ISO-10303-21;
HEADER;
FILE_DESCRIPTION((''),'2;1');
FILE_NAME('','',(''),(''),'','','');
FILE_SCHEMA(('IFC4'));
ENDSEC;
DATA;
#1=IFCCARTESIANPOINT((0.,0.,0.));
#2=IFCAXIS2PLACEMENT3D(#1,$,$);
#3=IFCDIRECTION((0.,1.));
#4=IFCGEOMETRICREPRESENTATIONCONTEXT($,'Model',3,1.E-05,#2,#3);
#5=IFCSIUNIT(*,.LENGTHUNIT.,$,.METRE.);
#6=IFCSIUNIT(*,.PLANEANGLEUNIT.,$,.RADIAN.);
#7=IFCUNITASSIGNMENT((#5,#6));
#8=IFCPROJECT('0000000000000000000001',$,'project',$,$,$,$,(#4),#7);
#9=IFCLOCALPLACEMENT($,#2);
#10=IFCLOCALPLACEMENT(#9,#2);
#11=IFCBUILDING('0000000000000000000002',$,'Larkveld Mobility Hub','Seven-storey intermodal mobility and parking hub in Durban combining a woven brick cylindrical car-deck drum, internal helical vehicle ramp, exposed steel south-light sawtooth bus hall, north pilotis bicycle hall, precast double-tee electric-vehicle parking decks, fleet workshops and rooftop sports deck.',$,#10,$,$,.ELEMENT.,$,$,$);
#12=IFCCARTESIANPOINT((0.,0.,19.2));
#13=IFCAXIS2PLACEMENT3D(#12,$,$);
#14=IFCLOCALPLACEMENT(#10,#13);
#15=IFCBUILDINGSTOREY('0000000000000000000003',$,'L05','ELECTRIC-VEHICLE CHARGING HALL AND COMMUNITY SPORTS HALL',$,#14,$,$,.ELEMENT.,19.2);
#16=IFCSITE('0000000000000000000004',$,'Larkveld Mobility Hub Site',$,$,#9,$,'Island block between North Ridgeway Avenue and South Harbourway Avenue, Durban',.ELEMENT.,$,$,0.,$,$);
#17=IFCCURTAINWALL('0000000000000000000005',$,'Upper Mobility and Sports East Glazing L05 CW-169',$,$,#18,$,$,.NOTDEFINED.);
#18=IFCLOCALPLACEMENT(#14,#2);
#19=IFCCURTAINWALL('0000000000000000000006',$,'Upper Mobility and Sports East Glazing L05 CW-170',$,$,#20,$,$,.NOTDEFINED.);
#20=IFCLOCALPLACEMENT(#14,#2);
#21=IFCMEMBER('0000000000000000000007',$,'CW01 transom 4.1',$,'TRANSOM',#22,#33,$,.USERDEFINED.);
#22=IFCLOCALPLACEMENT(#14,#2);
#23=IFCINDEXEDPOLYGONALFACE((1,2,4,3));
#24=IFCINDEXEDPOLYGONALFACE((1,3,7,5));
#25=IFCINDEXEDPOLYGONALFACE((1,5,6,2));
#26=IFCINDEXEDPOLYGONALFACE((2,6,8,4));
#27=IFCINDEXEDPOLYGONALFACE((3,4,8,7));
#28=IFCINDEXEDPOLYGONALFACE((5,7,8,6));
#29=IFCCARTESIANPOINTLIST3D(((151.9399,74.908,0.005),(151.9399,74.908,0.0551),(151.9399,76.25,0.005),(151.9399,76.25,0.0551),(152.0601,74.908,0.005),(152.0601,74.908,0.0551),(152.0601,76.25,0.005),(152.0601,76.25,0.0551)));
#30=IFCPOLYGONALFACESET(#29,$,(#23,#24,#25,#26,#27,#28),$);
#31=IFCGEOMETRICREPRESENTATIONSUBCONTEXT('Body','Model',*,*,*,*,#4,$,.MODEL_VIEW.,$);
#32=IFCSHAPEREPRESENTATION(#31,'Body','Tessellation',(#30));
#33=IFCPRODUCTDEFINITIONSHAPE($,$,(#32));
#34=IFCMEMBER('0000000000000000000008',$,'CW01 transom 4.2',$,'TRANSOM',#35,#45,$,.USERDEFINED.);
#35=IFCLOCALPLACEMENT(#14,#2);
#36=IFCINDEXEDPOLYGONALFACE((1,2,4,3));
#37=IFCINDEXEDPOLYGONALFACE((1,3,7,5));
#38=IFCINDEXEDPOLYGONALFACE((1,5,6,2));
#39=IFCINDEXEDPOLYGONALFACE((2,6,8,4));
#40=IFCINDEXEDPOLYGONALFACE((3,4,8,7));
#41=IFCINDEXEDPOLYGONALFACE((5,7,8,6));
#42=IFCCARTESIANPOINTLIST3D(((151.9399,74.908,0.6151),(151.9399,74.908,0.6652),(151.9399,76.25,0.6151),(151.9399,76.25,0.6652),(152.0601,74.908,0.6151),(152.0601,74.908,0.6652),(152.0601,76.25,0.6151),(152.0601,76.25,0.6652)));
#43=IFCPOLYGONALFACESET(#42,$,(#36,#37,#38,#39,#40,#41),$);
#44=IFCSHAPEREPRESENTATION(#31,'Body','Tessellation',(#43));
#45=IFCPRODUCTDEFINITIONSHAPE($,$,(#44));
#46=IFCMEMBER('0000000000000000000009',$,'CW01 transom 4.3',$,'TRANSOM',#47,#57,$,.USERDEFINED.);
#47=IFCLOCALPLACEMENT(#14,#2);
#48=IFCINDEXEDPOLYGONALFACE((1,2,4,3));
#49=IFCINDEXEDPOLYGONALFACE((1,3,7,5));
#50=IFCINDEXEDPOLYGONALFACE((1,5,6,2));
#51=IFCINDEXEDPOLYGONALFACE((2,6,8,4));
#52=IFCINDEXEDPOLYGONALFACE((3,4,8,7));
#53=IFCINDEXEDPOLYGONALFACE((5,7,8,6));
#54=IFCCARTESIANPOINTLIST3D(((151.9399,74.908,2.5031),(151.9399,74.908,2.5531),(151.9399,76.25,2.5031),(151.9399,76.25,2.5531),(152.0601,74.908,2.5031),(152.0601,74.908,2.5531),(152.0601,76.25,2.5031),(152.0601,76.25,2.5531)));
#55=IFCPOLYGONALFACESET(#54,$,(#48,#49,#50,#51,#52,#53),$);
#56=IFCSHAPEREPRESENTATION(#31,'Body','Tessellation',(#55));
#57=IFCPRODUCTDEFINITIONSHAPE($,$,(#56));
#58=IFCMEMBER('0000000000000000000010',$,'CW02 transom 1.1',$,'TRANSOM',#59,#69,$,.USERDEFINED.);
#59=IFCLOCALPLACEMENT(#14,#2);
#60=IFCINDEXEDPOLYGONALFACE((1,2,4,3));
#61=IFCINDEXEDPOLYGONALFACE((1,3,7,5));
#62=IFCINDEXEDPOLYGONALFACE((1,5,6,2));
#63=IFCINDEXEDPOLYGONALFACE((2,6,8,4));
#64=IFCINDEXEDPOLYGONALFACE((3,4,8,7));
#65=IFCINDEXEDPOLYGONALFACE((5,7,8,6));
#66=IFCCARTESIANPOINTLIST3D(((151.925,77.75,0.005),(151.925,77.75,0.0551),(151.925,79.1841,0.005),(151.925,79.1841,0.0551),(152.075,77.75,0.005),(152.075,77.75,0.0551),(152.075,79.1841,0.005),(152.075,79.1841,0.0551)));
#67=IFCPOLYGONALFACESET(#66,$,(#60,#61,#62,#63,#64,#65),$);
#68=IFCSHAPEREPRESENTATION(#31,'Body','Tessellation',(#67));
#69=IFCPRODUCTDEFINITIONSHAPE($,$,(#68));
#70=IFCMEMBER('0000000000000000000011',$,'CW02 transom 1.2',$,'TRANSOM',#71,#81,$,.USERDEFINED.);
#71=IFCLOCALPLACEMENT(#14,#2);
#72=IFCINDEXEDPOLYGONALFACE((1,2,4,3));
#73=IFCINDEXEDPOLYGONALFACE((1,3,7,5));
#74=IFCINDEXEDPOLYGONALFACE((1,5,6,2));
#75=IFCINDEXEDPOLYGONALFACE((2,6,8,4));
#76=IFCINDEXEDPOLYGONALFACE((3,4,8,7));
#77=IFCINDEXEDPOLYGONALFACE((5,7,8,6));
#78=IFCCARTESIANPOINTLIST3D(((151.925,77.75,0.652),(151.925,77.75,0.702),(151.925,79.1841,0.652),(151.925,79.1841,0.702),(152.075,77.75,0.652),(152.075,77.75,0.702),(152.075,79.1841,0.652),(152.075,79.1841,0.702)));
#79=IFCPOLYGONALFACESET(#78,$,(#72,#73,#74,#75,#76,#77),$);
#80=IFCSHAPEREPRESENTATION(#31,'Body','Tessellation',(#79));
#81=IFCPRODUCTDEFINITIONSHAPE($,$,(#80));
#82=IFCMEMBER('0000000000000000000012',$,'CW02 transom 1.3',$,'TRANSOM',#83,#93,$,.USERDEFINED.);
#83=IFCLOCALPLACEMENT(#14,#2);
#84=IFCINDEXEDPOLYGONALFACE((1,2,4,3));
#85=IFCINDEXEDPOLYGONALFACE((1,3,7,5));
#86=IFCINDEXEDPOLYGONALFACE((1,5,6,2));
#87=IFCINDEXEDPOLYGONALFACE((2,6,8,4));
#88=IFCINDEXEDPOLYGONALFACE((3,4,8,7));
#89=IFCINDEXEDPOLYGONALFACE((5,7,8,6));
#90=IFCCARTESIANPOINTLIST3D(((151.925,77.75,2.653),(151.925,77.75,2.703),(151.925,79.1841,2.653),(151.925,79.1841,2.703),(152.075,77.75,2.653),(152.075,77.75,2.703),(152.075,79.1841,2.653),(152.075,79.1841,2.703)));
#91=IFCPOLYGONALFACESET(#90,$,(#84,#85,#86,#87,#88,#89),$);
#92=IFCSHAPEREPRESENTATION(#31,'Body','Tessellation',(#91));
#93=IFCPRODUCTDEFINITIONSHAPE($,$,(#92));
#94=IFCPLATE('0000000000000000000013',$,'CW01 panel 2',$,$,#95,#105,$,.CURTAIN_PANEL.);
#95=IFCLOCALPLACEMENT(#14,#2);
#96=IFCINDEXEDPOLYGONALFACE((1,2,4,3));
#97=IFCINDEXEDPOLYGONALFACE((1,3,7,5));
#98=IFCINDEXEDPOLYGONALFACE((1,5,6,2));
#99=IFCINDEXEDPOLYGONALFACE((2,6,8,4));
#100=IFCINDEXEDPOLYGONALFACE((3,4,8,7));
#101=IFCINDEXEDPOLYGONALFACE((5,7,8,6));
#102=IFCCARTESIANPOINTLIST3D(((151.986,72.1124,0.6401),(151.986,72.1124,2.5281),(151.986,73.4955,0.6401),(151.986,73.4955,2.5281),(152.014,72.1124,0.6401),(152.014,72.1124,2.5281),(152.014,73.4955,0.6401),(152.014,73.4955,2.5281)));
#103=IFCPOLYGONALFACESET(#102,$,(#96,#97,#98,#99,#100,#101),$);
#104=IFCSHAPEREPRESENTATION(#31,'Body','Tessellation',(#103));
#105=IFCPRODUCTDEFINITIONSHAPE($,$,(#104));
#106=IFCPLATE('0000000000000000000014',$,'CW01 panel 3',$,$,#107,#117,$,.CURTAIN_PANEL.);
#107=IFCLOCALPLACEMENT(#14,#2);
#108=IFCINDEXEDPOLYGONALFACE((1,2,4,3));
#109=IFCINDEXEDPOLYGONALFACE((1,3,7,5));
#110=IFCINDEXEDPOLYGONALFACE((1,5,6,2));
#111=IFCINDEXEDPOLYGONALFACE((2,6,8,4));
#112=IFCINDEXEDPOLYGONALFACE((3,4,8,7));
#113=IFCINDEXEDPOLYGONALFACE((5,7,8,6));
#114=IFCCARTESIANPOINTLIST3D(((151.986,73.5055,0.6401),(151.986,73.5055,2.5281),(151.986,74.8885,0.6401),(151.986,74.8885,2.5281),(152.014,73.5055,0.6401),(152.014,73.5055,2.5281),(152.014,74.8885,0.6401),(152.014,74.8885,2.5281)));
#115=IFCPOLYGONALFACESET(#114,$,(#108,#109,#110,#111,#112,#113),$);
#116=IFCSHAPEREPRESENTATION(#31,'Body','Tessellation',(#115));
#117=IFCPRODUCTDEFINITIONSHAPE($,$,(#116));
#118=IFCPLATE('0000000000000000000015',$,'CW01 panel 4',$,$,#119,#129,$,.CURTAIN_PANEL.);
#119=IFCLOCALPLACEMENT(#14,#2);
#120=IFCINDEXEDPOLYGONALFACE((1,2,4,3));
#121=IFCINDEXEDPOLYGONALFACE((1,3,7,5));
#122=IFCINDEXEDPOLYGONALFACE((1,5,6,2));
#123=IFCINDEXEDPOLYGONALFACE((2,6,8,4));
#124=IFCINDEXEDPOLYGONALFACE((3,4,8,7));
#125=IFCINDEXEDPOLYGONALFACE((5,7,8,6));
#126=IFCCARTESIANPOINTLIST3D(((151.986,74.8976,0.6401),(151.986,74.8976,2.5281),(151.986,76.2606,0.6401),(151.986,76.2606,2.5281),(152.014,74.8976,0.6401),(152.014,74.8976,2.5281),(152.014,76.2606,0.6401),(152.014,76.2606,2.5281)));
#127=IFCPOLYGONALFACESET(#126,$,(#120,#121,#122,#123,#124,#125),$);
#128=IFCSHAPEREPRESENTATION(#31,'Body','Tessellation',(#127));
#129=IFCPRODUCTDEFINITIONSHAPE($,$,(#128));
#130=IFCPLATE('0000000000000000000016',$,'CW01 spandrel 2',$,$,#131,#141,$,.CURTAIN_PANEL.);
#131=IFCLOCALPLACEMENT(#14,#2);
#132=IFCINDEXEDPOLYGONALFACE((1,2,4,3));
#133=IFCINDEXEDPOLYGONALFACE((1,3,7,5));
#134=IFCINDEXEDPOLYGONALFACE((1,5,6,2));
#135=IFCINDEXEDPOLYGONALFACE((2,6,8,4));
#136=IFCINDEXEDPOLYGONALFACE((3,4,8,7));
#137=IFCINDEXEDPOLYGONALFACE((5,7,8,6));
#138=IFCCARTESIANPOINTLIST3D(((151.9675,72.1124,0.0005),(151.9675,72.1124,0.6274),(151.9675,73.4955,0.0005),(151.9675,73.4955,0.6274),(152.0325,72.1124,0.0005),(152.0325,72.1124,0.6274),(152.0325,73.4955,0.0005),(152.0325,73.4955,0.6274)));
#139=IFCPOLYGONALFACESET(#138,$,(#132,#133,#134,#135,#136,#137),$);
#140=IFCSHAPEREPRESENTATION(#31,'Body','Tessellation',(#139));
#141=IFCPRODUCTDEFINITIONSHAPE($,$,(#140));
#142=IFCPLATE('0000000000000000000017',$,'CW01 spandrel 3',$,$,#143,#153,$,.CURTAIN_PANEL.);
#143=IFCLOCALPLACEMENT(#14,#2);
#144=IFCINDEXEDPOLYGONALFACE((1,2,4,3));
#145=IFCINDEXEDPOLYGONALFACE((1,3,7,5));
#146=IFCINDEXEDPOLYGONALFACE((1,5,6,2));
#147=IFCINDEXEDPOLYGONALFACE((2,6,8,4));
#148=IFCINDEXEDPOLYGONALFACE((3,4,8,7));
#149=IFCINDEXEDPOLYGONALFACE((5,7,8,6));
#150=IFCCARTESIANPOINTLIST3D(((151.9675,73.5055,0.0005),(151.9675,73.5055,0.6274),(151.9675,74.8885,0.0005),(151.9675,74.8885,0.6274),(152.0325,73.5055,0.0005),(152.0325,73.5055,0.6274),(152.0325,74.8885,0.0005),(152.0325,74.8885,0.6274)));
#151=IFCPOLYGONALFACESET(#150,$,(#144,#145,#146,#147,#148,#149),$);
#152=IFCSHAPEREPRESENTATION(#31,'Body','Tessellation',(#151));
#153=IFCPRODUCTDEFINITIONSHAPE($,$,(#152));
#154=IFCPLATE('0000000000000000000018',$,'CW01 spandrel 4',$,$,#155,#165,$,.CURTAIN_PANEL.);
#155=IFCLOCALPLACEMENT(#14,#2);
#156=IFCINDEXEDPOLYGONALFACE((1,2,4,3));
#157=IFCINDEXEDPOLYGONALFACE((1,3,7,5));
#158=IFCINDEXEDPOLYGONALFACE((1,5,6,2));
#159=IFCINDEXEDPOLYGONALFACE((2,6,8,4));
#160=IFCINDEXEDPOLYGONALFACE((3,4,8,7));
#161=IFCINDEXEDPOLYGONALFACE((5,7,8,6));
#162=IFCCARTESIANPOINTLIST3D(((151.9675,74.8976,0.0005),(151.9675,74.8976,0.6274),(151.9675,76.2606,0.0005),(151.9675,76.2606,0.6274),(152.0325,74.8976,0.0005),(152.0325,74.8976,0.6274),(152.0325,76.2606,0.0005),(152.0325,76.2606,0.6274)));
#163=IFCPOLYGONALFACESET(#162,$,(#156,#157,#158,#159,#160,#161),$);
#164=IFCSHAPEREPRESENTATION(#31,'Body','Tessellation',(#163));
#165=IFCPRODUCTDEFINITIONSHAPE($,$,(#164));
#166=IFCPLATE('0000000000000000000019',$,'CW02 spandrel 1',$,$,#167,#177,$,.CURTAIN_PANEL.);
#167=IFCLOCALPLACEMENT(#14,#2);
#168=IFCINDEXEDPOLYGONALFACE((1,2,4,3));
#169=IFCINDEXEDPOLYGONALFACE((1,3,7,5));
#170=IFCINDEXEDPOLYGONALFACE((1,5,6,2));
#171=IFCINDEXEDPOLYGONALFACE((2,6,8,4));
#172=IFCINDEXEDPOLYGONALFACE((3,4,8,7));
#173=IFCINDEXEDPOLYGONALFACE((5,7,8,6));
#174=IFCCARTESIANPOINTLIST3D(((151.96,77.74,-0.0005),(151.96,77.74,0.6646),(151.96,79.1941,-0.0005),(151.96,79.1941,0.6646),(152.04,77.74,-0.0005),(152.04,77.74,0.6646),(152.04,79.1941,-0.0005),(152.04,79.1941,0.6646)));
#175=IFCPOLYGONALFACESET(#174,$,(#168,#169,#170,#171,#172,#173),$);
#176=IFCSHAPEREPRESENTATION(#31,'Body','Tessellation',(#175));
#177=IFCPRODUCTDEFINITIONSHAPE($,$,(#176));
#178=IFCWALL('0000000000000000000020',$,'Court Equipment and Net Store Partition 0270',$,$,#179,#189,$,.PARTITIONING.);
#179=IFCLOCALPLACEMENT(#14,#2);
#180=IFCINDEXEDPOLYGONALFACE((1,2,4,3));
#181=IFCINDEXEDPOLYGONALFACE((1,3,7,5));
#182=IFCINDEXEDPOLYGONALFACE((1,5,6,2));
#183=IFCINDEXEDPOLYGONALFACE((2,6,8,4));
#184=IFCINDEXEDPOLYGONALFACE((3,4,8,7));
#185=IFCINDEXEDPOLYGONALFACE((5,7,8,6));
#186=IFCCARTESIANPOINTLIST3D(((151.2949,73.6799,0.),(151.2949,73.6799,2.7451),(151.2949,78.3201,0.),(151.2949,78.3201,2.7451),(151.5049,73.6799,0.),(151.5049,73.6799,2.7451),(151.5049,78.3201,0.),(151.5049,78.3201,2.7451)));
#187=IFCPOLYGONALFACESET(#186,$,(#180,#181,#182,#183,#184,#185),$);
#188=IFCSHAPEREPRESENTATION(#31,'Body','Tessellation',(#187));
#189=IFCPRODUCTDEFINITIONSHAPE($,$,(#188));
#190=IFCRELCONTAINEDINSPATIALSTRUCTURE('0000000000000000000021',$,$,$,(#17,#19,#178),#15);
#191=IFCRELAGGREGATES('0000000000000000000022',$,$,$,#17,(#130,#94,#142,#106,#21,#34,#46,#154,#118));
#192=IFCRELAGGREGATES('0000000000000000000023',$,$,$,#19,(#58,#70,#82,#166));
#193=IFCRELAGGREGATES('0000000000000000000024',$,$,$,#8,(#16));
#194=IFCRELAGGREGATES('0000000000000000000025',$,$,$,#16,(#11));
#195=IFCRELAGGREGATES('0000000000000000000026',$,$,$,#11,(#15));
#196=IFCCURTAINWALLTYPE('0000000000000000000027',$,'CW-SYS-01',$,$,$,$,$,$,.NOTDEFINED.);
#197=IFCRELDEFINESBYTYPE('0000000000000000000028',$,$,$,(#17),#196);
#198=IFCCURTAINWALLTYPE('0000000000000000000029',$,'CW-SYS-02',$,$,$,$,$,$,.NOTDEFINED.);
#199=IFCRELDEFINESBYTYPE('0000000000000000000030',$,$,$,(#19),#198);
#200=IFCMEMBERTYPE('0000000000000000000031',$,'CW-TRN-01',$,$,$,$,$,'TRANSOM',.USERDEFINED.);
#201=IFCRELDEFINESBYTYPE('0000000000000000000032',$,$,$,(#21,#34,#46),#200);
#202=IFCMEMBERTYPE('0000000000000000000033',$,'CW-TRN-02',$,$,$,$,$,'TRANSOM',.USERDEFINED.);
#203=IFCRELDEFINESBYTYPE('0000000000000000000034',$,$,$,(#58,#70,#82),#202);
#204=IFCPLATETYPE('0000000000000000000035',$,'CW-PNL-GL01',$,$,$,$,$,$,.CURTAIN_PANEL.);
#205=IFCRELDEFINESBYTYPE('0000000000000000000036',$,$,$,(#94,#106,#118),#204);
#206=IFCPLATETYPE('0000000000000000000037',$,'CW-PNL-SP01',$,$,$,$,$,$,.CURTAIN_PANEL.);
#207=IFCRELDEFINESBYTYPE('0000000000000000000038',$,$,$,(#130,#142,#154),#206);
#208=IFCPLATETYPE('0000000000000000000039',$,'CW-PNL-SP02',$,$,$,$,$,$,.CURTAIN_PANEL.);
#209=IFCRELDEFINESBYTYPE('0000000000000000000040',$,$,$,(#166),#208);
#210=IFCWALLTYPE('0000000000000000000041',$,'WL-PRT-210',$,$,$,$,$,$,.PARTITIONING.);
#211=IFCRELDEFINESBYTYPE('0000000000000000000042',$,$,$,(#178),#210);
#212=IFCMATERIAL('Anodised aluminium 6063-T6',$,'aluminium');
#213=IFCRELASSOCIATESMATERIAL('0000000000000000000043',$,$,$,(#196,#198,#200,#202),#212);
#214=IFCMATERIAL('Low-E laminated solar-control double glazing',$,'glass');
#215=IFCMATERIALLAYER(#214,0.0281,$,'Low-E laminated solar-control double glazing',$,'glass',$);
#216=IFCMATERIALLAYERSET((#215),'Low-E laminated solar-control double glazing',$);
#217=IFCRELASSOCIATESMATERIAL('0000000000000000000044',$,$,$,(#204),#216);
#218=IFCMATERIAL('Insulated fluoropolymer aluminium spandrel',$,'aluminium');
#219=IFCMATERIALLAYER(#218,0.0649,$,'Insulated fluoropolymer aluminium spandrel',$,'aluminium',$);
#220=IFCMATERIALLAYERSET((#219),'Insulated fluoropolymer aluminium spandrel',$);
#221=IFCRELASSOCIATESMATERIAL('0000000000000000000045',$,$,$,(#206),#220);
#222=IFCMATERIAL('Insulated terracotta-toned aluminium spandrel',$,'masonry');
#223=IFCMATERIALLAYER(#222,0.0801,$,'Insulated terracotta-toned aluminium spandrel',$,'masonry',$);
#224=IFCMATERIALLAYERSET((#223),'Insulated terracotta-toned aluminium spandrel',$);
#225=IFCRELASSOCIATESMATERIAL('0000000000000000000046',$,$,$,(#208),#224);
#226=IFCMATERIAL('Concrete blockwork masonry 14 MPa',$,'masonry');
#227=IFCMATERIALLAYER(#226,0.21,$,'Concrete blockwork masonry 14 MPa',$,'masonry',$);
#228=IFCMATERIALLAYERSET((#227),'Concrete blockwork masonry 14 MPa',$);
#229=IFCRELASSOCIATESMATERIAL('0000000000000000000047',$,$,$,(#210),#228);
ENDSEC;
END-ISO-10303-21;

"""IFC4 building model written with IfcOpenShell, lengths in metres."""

from ifc_helpers import new_model, si_unit, direction, frame, frame_2d, origin, origin_2d, place, context, subcontext, project, spatial, rectangle, extrude, material, layer, layer_set, material_profile, profile_set, type_object, element, aggregate, save


model = new_model("IFC4")

# Units and contexts
model_context = context("Model", 3, precision=1e-05, world=origin(), true_north=direction((0.0, 1.0)))
body_context = subcontext(model_context, "Body", "Model", "MODEL_VIEW")
ifc_project = project(units=[si_unit("LENGTHUNIT", "METRE"), si_unit("PLANEANGLEUNIT", "RADIAN")], contexts=[model_context])

# Site, building, storey
site_placement = place(None, origin())
site = spatial("IfcSite", under=ifc_project, at=site_placement, Name="Larkveld Mobility Hub Site", LongName="Island block between North Ridgeway Avenue and South Harbourway Avenue, Durban", CompositionType="ELEMENT", RefElevation=0.0)
building_placement = place(site_placement, origin())
building = spatial("IfcBuilding", under=site, at=building_placement, Name="Larkveld Mobility Hub", Description="Seven-storey intermodal mobility and parking hub in Durban combining a woven brick cylindrical car-deck drum, internal helical vehicle ramp, exposed steel south-light sawtooth bus hall, north pilotis bicycle hall, precast double-tee electric-vehicle parking decks, fleet workshops and rooftop sports deck.", CompositionType="ELEMENT")
storey_placement = place(building_placement, frame((0.0, 0.0, 19.2)))
storey = spatial("IfcBuildingStorey", under=building, at=storey_placement, Name="L05", Description="ELECTRIC-VEHICLE CHARGING HALL AND COMMUNITY SPORTS HALL", CompositionType="ELEMENT", Elevation=19.2)

# Curtain wall
ifc_material_1 = material(Name="Anodised aluminium 6063-T6", Category="aluminium")
curtain_wall_type_1 = type_object("IfcCurtainWallType", Name="CW-SYS-01", PredefinedType="NOTDEFINED", material=ifc_material_1)
curtain_wall_1_placement = place(storey_placement, origin())
curtain_wall_1 = element("IfcCurtainWall", 1, at=curtain_wall_1_placement, inside=storey, type_object=curtain_wall_type_1, Name="Upper Mobility and Sports East Glazing L05 CW-169", PredefinedType="NOTDEFINED")

# Curtain wall
curtain_wall_type_2 = type_object("IfcCurtainWallType", Name="CW-SYS-02", PredefinedType="NOTDEFINED", material=ifc_material_1)
curtain_wall_2_placement = place(storey_placement, origin())
curtain_wall_2 = element("IfcCurtainWall", 2, at=curtain_wall_2_placement, inside=storey, type_object=curtain_wall_type_2, Name="Upper Mobility and Sports East Glazing L05 CW-170", PredefinedType="NOTDEFINED")

# Members
ifc_material_profile_1 = material_profile(ifc_material_1, rectangle(XDim=0.1201, YDim=0.05, at=origin_2d()), Name="ALU TRAN 50x120")
ifc_profile_set_1 = profile_set([ifc_material_profile_1], Name="Anodised aluminium 6063-T6")
member_type_1 = type_object("IfcMemberType", Name="CW-TRN-01", ElementType="TRANSOM", PredefinedType="USERDEFINED", material=ifc_profile_set_1)
member_1_placement = place(storey_placement, frame((152.0, 74.908, 0.03), z_axis=(0.0, 1.0, 0.0), x_axis=(-1.0, 0.0, 0.0)))
member_1 = element("IfcMember", 3, at=member_1_placement, type_object=member_type_1, Name="CW01 transom 4.1", ObjectType="TRANSOM", PredefinedType="USERDEFINED", context=body_context, shape_type="SweptSolid", body=[
    extrude(rectangle(XDim=0.1201, YDim=0.05, at=origin_2d()), origin(), (0.0, 0.0, 1.0), 1.342),
])
member_2_placement = place(storey_placement, frame((152.0, 74.908, 0.6401), z_axis=(0.0, 1.0, 0.0), x_axis=(-1.0, 0.0, 0.0)))
member_2 = element("IfcMember", 4, at=member_2_placement, type_object=member_type_1, Name="CW01 transom 4.2", ObjectType="TRANSOM", PredefinedType="USERDEFINED", context=body_context, shape_type="SweptSolid", body=[
    extrude(rectangle(XDim=0.1201, YDim=0.05, at=origin_2d()), origin(), (0.0, 0.0, 1.0), 1.342),
])
member_3_placement = place(storey_placement, frame((152.0, 74.908, 2.5281), z_axis=(0.0, 1.0, 0.0), x_axis=(-1.0, 0.0, 0.0)))
member_3 = element("IfcMember", 5, at=member_3_placement, type_object=member_type_1, Name="CW01 transom 4.3", ObjectType="TRANSOM", PredefinedType="USERDEFINED", context=body_context, shape_type="SweptSolid", body=[
    extrude(rectangle(XDim=0.1201, YDim=0.05, at=origin_2d()), origin(), (0.0, 0.0, 1.0), 1.342),
])
ifc_material_profile_2 = material_profile(ifc_material_1, rectangle(XDim=0.1499, YDim=0.05, at=origin_2d()), Name="ALU TRAN 50x150")
ifc_profile_set_2 = profile_set([ifc_material_profile_2], Name="Anodised aluminium 6063-T6")
member_type_2 = type_object("IfcMemberType", Name="CW-TRN-02", ElementType="TRANSOM", PredefinedType="USERDEFINED", material=ifc_profile_set_2)
member_4_placement = place(storey_placement, frame((152.0, 77.75, 0.03), z_axis=(0.0, 1.0, 0.0), x_axis=(-1.0, 0.0, 0.0)))
member_4 = element("IfcMember", 6, at=member_4_placement, type_object=member_type_2, Name="CW02 transom 1.1", ObjectType="TRANSOM", PredefinedType="USERDEFINED", context=body_context, shape_type="SweptSolid", body=[
    extrude(rectangle(XDim=0.1499, YDim=0.05, at=origin_2d()), origin(), (0.0, 0.0, 1.0), 1.4341),
])
member_5_placement = place(storey_placement, frame((152.0, 77.75, 0.677), z_axis=(0.0, 1.0, 0.0), x_axis=(-1.0, 0.0, 0.0)))
member_5 = element("IfcMember", 7, at=member_5_placement, type_object=member_type_2, Name="CW02 transom 1.2", ObjectType="TRANSOM", PredefinedType="USERDEFINED", context=body_context, shape_type="SweptSolid", body=[
    extrude(rectangle(XDim=0.1499, YDim=0.05, at=origin_2d()), origin(), (0.0, 0.0, 1.0), 1.4341),
])
member_6_placement = place(storey_placement, frame((152.0, 77.75, 2.678), z_axis=(0.0, 1.0, 0.0), x_axis=(-1.0, 0.0, 0.0)))
member_6 = element("IfcMember", 8, at=member_6_placement, type_object=member_type_2, Name="CW02 transom 1.3", ObjectType="TRANSOM", PredefinedType="USERDEFINED", context=body_context, shape_type="SweptSolid", body=[
    extrude(rectangle(XDim=0.1499, YDim=0.05, at=origin_2d()), origin(), (0.0, 0.0, 1.0), 1.4341),
])

# Plates
ifc_material_2 = material(Name="Low-E laminated solar-control double glazing", Category="glass")
ifc_layer_1 = layer(ifc_material_2, 0.0281, Name="Low-E laminated solar-control double glazing", Category="glass")
ifc_layer_set_1 = layer_set([ifc_layer_1], Name="Low-E laminated solar-control double glazing")
plate_type_1 = type_object("IfcPlateType", Name="CW-PNL-GL01", PredefinedType="CURTAIN_PANEL", material=ifc_layer_set_1)
plate_1_placement = place(storey_placement, frame((152.0, 72.804, 0.6401), z_axis=(0.0, 0.0, 1.0), x_axis=(0.0, 1.0, 0.0)))
plate_1 = element("IfcPlate", 9, at=plate_1_placement, type_object=plate_type_1, Name="CW01 panel 2", PredefinedType="CURTAIN_PANEL", context=body_context, shape_type="SweptSolid", body=[
    extrude(rectangle(XDim=1.3831, YDim=0.0281, at=origin_2d()), origin(), (0.0, 0.0, 1.0), 1.8879),
])
plate_2_placement = place(storey_placement, frame((152.0, 74.197, 0.6401), z_axis=(0.0, 0.0, 1.0), x_axis=(0.0, 1.0, 0.0)))
plate_2 = element("IfcPlate", 10, at=plate_2_placement, type_object=plate_type_1, Name="CW01 panel 3", PredefinedType="CURTAIN_PANEL", context=body_context, shape_type="SweptSolid", body=[
    extrude(rectangle(XDim=1.3831, YDim=0.0281, at=origin_2d()), origin(), (0.0, 0.0, 1.0), 1.8879),
])
plate_3_placement = place(storey_placement, frame((152.0, 75.5791, 0.6401), z_axis=(0.0, 0.0, 1.0), x_axis=(0.0, 1.0, 0.0)))
plate_3 = element("IfcPlate", 11, at=plate_3_placement, type_object=plate_type_1, Name="CW01 panel 4", PredefinedType="CURTAIN_PANEL", context=body_context, shape_type="SweptSolid", body=[
    extrude(rectangle(XDim=1.363, YDim=0.0281, at=origin_2d()), origin(), (0.0, 0.0, 1.0), 1.8879),
])
ifc_material_3 = material(Name="Insulated fluoropolymer aluminium spandrel", Category="aluminium")
ifc_layer_2 = layer(ifc_material_3, 0.0649, Name="Insulated fluoropolymer aluminium spandrel", Category="aluminium")
ifc_layer_set_2 = layer_set([ifc_layer_2], Name="Insulated fluoropolymer aluminium spandrel")
plate_type_2 = type_object("IfcPlateType", Name="CW-PNL-SP01", PredefinedType="CURTAIN_PANEL", material=ifc_layer_set_2)
plate_4_placement = place(storey_placement, frame((152.0, 72.804, 0.0005), z_axis=(0.0, 0.0, 1.0), x_axis=(0.0, 1.0, 0.0)))
plate_4 = element("IfcPlate", 12, at=plate_4_placement, type_object=plate_type_2, Name="CW01 spandrel 2", PredefinedType="CURTAIN_PANEL", context=body_context, shape_type="SweptSolid", body=[
    extrude(rectangle(XDim=1.3831, YDim=0.0649, at=origin_2d()), origin(), (0.0, 0.0, 1.0), 0.627),
])
plate_5_placement = place(storey_placement, frame((152.0, 74.197, 0.0005), z_axis=(0.0, 0.0, 1.0), x_axis=(0.0, 1.0, 0.0)))
plate_5 = element("IfcPlate", 13, at=plate_5_placement, type_object=plate_type_2, Name="CW01 spandrel 3", PredefinedType="CURTAIN_PANEL", context=body_context, shape_type="SweptSolid", body=[
    extrude(rectangle(XDim=1.3831, YDim=0.0649, at=origin_2d()), origin(), (0.0, 0.0, 1.0), 0.627),
])
plate_6_placement = place(storey_placement, frame((152.0, 75.5791, 0.0005), z_axis=(0.0, 0.0, 1.0), x_axis=(0.0, 1.0, 0.0)))
plate_6 = element("IfcPlate", 14, at=plate_6_placement, type_object=plate_type_2, Name="CW01 spandrel 4", PredefinedType="CURTAIN_PANEL", context=body_context, shape_type="SweptSolid", body=[
    extrude(rectangle(XDim=1.363, YDim=0.0649, at=origin_2d()), origin(), (0.0, 0.0, 1.0), 0.627),
])
aggregate(curtain_wall_1, [plate_4, plate_1, plate_5, plate_2, member_1, member_2, member_3, plate_6, plate_3])
ifc_material_4 = material(Name="Insulated terracotta-toned aluminium spandrel", Category="masonry")
ifc_layer_3 = layer(ifc_material_4, 0.0801, Name="Insulated terracotta-toned aluminium spandrel", Category="masonry")
ifc_layer_set_3 = layer_set([ifc_layer_3], Name="Insulated terracotta-toned aluminium spandrel")
plate_type_3 = type_object("IfcPlateType", Name="CW-PNL-SP02", PredefinedType="CURTAIN_PANEL", material=ifc_layer_set_3)
plate_7_placement = place(storey_placement, frame((152.0, 78.467, -0.0005), z_axis=(0.0, 0.0, 1.0), x_axis=(0.0, 1.0, 0.0)))
plate_7 = element("IfcPlate", 15, at=plate_7_placement, type_object=plate_type_3, Name="CW02 spandrel 1", PredefinedType="CURTAIN_PANEL", context=body_context, shape_type="SweptSolid", body=[
    extrude(rectangle(XDim=1.4541, YDim=0.0801, at=origin_2d()), origin(), (0.0, 0.0, 1.0), 0.665),
])
aggregate(curtain_wall_2, [member_4, member_5, member_6, plate_7])

# Wall
ifc_material_5 = material(Name="Concrete blockwork masonry 14 MPa", Category="masonry")
ifc_layer_4 = layer(ifc_material_5, 0.21, Name="Concrete blockwork masonry 14 MPa", Category="masonry")
ifc_layer_set_4 = layer_set([ifc_layer_4], Name="Concrete blockwork masonry 14 MPa")
wall_type = type_object("IfcWallType", Name="WL-PRT-210", PredefinedType="PARTITIONING", material=ifc_layer_set_4)
wall_placement = place(storey_placement, frame((151.3999, 73.6799, 0.0), z_axis=(0.0, 0.0, 1.0), x_axis=(0.0, 1.0, 0.0)))
element("IfcWall", 16, at=wall_placement, inside=storey, type_object=wall_type, Name="Court Equipment and Net Store Partition 0270", PredefinedType="PARTITIONING", context=body_context, shape_type="SweptSolid", body=[
    extrude(rectangle(XDim=4.6401, YDim=0.21, at=frame_2d((2.3201, 0.0))), origin(), (0.0, 0.0, 1.0), 2.7451),
])

save(model, "model.ifc")
